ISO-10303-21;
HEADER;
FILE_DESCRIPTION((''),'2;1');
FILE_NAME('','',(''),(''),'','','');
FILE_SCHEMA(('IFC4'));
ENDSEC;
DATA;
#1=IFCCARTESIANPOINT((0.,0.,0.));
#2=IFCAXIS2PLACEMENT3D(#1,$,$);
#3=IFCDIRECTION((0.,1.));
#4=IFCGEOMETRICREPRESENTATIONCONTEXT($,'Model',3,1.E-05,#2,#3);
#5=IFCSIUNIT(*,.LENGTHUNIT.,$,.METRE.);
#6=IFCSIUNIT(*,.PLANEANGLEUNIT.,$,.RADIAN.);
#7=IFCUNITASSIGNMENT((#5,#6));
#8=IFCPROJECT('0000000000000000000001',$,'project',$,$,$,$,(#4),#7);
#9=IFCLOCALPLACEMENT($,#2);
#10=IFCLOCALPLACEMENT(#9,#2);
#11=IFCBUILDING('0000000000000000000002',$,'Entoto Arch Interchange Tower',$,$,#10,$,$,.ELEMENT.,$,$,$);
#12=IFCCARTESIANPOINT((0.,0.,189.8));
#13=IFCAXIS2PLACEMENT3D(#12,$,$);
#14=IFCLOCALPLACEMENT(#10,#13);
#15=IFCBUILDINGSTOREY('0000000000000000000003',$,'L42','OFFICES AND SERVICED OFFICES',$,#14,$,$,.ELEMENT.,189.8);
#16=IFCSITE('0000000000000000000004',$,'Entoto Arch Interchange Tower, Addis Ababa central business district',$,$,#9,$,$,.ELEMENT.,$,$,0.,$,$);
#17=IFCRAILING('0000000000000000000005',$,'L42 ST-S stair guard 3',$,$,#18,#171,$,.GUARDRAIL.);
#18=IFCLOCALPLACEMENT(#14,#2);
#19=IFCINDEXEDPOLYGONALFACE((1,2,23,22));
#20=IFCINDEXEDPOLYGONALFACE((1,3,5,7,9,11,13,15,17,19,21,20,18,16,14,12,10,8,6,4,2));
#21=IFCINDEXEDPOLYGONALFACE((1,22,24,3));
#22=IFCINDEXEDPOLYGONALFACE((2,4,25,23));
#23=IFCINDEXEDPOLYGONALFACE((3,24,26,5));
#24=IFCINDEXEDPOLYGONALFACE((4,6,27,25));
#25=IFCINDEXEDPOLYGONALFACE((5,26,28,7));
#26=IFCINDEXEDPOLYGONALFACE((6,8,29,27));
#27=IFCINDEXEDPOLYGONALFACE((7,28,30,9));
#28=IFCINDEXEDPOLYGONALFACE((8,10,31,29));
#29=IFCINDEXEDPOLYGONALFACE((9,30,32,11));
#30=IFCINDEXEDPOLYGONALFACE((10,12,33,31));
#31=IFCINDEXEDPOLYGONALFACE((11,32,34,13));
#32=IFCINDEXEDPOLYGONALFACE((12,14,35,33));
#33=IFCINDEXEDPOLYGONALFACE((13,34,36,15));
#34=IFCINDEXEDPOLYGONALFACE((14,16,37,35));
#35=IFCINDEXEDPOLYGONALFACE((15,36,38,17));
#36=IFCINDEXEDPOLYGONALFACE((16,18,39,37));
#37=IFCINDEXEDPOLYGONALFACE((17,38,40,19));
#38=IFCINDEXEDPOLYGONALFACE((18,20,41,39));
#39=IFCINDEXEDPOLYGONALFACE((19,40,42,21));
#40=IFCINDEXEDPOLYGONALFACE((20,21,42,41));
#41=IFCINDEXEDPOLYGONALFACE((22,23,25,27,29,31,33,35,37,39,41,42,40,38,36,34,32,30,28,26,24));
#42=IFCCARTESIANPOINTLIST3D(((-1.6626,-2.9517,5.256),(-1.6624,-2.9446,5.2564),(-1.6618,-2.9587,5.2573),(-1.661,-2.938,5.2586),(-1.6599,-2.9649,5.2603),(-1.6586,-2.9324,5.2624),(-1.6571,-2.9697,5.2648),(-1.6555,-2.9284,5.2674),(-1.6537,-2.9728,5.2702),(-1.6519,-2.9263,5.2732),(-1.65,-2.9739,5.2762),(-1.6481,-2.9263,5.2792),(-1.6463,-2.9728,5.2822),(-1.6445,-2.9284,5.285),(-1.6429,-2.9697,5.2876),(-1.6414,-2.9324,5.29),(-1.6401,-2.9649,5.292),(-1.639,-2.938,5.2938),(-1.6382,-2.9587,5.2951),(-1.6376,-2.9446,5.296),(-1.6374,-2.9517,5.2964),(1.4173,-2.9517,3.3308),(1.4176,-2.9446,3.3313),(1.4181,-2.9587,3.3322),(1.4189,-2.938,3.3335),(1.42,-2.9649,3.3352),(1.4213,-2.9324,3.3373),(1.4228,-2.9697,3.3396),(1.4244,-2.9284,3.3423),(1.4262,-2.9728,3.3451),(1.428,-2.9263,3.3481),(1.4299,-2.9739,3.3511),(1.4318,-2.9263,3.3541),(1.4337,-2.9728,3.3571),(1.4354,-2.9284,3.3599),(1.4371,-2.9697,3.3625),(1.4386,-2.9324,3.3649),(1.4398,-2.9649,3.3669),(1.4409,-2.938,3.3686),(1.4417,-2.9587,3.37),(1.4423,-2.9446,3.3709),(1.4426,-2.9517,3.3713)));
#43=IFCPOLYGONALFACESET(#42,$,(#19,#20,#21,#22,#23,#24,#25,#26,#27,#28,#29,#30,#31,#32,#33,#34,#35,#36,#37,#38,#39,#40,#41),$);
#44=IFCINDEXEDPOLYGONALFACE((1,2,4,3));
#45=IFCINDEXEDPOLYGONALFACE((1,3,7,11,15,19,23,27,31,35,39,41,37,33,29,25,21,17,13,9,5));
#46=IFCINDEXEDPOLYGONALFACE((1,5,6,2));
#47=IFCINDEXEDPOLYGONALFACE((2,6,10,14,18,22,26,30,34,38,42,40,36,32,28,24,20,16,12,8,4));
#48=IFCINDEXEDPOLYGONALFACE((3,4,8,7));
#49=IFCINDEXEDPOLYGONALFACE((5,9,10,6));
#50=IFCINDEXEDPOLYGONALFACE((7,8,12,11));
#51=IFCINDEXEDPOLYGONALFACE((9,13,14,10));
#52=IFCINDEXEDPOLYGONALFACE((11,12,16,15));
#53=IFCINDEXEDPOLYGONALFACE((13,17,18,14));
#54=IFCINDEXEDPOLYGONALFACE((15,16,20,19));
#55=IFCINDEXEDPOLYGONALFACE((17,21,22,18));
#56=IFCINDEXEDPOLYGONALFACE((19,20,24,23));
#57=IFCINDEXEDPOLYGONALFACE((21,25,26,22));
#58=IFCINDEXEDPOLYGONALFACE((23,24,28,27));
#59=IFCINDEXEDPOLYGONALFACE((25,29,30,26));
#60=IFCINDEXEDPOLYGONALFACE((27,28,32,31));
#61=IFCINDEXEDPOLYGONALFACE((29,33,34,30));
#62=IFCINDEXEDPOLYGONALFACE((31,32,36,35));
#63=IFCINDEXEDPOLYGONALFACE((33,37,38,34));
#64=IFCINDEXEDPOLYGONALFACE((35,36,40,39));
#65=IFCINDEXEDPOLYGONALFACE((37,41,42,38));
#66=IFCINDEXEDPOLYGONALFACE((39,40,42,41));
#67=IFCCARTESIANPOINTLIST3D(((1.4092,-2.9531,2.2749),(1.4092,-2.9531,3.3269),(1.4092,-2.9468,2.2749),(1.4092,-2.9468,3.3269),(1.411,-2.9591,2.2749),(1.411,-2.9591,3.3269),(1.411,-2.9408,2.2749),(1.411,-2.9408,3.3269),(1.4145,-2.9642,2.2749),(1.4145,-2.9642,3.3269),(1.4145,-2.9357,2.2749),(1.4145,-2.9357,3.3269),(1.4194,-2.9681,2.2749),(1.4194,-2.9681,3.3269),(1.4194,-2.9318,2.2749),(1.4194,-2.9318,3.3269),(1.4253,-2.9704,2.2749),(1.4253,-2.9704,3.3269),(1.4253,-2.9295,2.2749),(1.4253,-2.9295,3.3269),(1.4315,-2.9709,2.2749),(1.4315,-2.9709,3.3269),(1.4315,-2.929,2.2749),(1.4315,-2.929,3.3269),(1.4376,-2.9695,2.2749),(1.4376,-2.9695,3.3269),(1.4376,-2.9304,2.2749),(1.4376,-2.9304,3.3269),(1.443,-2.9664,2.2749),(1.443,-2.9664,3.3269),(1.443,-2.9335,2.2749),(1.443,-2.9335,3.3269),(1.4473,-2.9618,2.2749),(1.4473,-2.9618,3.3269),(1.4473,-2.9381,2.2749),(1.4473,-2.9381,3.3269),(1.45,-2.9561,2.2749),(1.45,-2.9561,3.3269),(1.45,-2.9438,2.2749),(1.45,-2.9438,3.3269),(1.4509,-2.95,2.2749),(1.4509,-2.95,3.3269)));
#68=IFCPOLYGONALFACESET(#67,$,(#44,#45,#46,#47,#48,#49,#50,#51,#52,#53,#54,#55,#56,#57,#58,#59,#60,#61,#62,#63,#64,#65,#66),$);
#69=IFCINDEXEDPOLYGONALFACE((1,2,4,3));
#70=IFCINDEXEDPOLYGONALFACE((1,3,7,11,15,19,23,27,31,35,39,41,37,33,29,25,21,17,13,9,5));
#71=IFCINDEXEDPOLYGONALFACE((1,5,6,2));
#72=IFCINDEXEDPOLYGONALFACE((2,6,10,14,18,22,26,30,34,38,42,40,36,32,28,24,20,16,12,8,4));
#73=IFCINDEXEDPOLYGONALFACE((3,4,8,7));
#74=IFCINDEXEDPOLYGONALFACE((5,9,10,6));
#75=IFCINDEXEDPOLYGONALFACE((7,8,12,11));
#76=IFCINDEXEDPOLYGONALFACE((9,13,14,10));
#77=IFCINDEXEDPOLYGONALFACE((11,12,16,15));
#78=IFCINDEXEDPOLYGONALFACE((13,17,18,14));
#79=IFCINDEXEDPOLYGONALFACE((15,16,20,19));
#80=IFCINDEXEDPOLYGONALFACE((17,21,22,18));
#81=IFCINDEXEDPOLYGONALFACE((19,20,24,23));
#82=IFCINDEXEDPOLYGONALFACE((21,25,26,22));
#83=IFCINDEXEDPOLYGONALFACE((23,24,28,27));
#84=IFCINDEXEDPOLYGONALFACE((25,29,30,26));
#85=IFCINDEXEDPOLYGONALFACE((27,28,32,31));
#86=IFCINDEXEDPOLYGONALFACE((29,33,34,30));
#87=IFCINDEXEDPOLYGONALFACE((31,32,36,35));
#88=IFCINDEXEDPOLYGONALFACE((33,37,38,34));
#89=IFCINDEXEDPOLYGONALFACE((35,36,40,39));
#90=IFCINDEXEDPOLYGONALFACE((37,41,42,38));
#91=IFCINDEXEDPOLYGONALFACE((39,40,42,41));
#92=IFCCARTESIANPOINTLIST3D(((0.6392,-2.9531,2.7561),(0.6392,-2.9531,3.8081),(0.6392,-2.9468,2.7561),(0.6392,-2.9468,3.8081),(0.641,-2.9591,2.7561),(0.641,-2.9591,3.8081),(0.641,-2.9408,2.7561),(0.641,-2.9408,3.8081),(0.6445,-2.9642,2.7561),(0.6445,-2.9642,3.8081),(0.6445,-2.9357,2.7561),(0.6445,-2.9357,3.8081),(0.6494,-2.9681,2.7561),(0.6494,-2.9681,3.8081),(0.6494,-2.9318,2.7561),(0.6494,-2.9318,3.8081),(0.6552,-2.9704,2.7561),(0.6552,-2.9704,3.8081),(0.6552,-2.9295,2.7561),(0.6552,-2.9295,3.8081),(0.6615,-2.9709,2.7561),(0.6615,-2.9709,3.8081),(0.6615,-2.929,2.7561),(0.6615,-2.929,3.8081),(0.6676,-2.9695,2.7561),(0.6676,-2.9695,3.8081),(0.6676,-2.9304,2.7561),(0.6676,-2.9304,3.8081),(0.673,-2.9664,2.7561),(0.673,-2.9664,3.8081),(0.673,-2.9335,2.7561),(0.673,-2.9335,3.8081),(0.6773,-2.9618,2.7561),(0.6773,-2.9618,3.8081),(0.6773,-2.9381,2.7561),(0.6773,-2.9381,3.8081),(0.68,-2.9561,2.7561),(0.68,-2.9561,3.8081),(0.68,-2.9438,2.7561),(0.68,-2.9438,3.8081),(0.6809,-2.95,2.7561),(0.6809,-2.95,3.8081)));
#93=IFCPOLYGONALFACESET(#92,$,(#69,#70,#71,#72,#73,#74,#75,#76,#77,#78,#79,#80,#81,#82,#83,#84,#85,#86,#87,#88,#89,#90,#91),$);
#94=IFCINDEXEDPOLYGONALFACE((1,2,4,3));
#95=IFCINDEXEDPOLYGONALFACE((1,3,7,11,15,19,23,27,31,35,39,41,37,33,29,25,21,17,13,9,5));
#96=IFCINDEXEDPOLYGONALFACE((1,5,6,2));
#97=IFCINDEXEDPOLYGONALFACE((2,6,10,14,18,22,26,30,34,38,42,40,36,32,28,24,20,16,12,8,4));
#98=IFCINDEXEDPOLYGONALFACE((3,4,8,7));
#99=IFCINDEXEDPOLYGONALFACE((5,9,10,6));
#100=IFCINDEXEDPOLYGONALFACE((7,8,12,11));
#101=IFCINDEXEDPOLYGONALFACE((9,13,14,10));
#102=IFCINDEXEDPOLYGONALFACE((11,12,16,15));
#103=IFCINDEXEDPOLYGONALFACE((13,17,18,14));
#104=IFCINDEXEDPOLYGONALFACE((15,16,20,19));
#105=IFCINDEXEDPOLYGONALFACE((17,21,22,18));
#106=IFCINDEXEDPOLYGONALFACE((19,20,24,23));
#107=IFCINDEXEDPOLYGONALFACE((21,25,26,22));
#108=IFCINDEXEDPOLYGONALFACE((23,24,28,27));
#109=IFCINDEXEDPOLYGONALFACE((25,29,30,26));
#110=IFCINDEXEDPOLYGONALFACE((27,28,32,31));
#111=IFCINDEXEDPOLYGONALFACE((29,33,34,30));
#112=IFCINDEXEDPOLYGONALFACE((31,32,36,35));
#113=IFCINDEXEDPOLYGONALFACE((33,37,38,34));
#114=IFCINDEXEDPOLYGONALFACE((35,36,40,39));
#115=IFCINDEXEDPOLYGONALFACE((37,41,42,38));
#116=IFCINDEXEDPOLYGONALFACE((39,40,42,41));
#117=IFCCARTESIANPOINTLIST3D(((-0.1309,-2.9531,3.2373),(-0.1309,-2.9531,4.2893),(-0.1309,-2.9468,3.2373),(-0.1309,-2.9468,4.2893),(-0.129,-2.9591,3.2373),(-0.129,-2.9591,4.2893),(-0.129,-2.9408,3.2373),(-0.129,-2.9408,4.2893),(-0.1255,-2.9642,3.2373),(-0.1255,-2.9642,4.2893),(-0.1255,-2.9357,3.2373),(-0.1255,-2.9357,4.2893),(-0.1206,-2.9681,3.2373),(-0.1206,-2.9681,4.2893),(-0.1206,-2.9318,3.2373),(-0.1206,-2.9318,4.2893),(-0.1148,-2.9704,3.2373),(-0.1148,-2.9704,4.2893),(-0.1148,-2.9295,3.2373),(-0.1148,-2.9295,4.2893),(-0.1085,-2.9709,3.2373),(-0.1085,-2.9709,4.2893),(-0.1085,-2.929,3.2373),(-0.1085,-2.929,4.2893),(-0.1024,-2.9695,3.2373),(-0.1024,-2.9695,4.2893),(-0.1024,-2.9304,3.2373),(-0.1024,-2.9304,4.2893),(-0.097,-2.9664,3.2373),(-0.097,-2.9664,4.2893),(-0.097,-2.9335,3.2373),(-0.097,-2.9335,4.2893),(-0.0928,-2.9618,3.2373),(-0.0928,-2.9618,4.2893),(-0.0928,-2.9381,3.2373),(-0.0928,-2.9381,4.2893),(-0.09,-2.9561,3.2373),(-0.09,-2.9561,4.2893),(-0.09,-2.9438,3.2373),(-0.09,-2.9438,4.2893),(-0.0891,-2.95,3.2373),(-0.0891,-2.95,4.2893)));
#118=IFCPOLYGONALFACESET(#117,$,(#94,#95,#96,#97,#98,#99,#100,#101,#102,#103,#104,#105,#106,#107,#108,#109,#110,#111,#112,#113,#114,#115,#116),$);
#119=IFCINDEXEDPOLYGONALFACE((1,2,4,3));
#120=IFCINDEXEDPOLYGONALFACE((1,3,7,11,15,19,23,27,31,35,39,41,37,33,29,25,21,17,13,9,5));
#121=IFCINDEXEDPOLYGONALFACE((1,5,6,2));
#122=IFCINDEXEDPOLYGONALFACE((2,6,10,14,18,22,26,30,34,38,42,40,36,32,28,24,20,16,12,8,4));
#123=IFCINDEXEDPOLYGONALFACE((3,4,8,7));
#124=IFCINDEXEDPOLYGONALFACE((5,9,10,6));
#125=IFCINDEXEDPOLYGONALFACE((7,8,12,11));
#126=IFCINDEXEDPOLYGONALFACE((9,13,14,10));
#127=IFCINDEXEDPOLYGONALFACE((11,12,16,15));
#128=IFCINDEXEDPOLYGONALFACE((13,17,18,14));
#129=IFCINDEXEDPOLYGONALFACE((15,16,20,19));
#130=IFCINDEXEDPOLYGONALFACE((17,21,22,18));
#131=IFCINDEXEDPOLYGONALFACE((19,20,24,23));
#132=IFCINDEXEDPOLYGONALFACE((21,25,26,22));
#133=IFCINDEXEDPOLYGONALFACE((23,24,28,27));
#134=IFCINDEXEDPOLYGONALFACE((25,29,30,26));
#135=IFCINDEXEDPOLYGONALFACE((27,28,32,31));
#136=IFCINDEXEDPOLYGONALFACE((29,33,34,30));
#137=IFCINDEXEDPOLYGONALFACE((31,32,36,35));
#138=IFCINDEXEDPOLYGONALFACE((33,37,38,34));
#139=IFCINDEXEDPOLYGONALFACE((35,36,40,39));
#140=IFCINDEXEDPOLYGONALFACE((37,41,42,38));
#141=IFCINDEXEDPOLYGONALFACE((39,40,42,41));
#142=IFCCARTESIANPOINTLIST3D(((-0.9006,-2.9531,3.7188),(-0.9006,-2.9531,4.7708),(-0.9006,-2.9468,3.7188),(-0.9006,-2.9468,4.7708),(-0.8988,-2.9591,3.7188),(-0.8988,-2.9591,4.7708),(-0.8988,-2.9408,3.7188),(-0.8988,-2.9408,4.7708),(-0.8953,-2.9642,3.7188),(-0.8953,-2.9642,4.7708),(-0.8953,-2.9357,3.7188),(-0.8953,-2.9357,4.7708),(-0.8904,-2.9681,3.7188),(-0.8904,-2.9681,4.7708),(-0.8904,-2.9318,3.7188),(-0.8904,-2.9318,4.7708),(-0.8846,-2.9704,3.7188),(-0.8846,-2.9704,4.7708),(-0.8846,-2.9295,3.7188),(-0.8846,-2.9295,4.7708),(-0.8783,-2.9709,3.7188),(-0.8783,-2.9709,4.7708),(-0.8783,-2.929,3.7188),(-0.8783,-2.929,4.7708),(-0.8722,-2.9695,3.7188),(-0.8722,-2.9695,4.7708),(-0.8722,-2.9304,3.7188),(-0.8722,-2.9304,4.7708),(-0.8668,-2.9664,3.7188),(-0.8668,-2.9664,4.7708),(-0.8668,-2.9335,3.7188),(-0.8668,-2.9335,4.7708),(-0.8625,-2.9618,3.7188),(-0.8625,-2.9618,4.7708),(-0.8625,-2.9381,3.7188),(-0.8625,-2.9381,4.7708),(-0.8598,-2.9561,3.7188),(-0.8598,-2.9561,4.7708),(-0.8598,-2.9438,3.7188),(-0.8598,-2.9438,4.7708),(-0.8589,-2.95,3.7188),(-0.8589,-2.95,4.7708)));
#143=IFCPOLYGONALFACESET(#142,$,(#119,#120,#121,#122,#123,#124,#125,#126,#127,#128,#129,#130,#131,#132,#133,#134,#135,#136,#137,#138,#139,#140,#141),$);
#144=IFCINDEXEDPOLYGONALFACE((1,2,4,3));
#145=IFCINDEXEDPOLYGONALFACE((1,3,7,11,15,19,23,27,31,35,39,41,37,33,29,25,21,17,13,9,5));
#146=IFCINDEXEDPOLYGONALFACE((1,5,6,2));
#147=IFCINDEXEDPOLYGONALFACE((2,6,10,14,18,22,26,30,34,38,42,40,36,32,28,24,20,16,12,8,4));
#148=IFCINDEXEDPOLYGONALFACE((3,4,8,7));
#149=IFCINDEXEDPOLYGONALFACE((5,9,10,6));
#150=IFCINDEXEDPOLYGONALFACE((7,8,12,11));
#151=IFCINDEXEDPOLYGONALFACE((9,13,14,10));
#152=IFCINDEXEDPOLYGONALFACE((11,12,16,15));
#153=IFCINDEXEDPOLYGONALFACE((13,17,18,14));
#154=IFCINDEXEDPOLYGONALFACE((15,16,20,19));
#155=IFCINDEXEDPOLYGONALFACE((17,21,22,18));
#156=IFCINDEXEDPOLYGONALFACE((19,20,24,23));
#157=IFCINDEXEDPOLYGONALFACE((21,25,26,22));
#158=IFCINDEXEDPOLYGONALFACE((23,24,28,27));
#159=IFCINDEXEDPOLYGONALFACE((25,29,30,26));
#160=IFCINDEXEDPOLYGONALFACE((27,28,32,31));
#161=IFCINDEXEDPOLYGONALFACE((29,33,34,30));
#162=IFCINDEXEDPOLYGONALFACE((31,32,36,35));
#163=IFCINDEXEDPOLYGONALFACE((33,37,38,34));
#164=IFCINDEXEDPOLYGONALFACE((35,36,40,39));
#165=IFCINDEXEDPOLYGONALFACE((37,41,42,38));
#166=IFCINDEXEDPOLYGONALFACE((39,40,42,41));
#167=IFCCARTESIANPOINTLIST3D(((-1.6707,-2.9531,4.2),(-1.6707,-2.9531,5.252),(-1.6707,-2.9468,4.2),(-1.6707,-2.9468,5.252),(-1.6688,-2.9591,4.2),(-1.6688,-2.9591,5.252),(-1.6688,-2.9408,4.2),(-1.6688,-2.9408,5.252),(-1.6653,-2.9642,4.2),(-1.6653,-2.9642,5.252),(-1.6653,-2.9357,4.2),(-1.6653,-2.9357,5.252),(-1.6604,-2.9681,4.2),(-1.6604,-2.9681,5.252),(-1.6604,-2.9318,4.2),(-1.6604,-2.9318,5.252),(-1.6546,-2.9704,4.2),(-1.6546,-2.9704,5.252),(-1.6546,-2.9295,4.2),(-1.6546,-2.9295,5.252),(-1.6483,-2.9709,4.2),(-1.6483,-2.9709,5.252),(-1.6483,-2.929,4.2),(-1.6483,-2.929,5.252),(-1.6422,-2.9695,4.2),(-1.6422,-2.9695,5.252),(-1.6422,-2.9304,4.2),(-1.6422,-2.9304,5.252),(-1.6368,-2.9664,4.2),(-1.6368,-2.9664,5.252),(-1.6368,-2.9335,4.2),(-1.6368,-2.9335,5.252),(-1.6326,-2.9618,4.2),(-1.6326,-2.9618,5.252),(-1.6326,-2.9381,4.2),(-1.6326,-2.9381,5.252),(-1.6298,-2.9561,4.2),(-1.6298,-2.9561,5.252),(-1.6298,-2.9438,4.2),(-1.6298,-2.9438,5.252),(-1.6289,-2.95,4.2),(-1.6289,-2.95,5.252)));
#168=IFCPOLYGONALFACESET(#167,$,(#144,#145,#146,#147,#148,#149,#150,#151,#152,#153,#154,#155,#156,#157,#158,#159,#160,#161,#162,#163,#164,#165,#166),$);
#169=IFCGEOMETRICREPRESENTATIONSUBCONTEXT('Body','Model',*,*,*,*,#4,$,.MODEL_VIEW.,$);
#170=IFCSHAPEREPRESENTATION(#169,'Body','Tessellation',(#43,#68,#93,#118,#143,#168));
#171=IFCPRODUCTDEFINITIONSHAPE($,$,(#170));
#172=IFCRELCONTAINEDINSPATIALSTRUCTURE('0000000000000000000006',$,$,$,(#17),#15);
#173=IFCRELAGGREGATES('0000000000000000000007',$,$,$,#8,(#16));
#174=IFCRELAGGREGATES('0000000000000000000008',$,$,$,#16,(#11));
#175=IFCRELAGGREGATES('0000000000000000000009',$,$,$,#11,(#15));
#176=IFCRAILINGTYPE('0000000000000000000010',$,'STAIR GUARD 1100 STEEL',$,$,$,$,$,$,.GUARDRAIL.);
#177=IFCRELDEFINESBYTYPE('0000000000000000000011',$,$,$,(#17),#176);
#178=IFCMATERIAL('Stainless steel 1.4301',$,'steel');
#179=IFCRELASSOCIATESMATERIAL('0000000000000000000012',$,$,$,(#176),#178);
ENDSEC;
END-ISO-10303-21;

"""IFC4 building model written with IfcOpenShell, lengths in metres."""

from ifc_helpers import new_model, si_unit, direction, frame, origin, origin_2d, place, context, subcontext, project, spatial, circle, extrude, material, type_object, element, save


model = new_model("IFC4")

# Units and contexts
model_context = context("Model", 3, precision=1e-05, world=origin(), true_north=direction((0.0, 1.0)))
body_context = subcontext(model_context, "Body", "Model", "MODEL_VIEW")
ifc_project = project(units=[si_unit("LENGTHUNIT", "METRE"), si_unit("PLANEANGLEUNIT", "RADIAN")], contexts=[model_context])

# Site, building, storey
site_placement = place(None, origin())
site = spatial("IfcSite", under=ifc_project, at=site_placement, Name="Entoto Arch Interchange Tower, Addis Ababa central business district", CompositionType="ELEMENT", RefElevation=0.0)
building_placement = place(site_placement, origin())
building = spatial("IfcBuilding", under=site, at=building_placement, Name="Entoto Arch Interchange Tower", CompositionType="ELEMENT")
storey_placement = place(building_placement, frame((0.0, 0.0, 189.8)))
storey = spatial("IfcBuildingStorey", under=building, at=storey_placement, Name="L42", Description="OFFICES AND SERVICED OFFICES", CompositionType="ELEMENT", Elevation=189.8)

# Railing
ifc_material_1 = material(Name="Stainless steel 1.4301", Category="steel")
railing_type_1 = type_object("IfcRailingType", Name="STAIR GUARD 1100 STEEL", PredefinedType="GUARDRAIL", material=ifc_material_1)
railing_1_placement = place(storey_placement, frame((1.4299, -2.95, 2.2749)))
element("IfcRailing", 1, at=railing_1_placement, inside=storey, type_object=railing_type_1, Name="L42 ST-S stair guard 3", PredefinedType="GUARDRAIL", context=body_context, shape_type="SweptSolid", body=[
    extrude(circle(Radius=0.0239, at=origin_2d()), frame((0.0, 0.0, 1.0762), z_axis=(-0.847979, 0.0, 0.530029), x_axis=(0.0, -1.0, 0.0)), (0.0, 0.0, 1.0), 3.6321),
    extrude(circle(Radius=0.021, at=origin_2d()), origin(), (0.0, 0.0, 1.0), 1.052),
    extrude(circle(Radius=0.021, at=origin_2d()), frame((-0.77, 0.0, 0.4812)), (0.0, 0.0, 1.0), 1.052),
    extrude(circle(Radius=0.021, at=origin_2d()), frame((-1.54, 0.0, 0.9624)), (0.0, 0.0, 1.0), 1.052),
    extrude(circle(Radius=0.021, at=origin_2d()), frame((-2.3098, 0.0, 1.4438)), (0.0, 0.0, 1.0), 1.052),
    extrude(circle(Radius=0.021, at=origin_2d()), frame((-3.0798, 0.0, 1.925)), (0.0, 0.0, 1.0), 1.052),
])

save(model, "model.ifc")
